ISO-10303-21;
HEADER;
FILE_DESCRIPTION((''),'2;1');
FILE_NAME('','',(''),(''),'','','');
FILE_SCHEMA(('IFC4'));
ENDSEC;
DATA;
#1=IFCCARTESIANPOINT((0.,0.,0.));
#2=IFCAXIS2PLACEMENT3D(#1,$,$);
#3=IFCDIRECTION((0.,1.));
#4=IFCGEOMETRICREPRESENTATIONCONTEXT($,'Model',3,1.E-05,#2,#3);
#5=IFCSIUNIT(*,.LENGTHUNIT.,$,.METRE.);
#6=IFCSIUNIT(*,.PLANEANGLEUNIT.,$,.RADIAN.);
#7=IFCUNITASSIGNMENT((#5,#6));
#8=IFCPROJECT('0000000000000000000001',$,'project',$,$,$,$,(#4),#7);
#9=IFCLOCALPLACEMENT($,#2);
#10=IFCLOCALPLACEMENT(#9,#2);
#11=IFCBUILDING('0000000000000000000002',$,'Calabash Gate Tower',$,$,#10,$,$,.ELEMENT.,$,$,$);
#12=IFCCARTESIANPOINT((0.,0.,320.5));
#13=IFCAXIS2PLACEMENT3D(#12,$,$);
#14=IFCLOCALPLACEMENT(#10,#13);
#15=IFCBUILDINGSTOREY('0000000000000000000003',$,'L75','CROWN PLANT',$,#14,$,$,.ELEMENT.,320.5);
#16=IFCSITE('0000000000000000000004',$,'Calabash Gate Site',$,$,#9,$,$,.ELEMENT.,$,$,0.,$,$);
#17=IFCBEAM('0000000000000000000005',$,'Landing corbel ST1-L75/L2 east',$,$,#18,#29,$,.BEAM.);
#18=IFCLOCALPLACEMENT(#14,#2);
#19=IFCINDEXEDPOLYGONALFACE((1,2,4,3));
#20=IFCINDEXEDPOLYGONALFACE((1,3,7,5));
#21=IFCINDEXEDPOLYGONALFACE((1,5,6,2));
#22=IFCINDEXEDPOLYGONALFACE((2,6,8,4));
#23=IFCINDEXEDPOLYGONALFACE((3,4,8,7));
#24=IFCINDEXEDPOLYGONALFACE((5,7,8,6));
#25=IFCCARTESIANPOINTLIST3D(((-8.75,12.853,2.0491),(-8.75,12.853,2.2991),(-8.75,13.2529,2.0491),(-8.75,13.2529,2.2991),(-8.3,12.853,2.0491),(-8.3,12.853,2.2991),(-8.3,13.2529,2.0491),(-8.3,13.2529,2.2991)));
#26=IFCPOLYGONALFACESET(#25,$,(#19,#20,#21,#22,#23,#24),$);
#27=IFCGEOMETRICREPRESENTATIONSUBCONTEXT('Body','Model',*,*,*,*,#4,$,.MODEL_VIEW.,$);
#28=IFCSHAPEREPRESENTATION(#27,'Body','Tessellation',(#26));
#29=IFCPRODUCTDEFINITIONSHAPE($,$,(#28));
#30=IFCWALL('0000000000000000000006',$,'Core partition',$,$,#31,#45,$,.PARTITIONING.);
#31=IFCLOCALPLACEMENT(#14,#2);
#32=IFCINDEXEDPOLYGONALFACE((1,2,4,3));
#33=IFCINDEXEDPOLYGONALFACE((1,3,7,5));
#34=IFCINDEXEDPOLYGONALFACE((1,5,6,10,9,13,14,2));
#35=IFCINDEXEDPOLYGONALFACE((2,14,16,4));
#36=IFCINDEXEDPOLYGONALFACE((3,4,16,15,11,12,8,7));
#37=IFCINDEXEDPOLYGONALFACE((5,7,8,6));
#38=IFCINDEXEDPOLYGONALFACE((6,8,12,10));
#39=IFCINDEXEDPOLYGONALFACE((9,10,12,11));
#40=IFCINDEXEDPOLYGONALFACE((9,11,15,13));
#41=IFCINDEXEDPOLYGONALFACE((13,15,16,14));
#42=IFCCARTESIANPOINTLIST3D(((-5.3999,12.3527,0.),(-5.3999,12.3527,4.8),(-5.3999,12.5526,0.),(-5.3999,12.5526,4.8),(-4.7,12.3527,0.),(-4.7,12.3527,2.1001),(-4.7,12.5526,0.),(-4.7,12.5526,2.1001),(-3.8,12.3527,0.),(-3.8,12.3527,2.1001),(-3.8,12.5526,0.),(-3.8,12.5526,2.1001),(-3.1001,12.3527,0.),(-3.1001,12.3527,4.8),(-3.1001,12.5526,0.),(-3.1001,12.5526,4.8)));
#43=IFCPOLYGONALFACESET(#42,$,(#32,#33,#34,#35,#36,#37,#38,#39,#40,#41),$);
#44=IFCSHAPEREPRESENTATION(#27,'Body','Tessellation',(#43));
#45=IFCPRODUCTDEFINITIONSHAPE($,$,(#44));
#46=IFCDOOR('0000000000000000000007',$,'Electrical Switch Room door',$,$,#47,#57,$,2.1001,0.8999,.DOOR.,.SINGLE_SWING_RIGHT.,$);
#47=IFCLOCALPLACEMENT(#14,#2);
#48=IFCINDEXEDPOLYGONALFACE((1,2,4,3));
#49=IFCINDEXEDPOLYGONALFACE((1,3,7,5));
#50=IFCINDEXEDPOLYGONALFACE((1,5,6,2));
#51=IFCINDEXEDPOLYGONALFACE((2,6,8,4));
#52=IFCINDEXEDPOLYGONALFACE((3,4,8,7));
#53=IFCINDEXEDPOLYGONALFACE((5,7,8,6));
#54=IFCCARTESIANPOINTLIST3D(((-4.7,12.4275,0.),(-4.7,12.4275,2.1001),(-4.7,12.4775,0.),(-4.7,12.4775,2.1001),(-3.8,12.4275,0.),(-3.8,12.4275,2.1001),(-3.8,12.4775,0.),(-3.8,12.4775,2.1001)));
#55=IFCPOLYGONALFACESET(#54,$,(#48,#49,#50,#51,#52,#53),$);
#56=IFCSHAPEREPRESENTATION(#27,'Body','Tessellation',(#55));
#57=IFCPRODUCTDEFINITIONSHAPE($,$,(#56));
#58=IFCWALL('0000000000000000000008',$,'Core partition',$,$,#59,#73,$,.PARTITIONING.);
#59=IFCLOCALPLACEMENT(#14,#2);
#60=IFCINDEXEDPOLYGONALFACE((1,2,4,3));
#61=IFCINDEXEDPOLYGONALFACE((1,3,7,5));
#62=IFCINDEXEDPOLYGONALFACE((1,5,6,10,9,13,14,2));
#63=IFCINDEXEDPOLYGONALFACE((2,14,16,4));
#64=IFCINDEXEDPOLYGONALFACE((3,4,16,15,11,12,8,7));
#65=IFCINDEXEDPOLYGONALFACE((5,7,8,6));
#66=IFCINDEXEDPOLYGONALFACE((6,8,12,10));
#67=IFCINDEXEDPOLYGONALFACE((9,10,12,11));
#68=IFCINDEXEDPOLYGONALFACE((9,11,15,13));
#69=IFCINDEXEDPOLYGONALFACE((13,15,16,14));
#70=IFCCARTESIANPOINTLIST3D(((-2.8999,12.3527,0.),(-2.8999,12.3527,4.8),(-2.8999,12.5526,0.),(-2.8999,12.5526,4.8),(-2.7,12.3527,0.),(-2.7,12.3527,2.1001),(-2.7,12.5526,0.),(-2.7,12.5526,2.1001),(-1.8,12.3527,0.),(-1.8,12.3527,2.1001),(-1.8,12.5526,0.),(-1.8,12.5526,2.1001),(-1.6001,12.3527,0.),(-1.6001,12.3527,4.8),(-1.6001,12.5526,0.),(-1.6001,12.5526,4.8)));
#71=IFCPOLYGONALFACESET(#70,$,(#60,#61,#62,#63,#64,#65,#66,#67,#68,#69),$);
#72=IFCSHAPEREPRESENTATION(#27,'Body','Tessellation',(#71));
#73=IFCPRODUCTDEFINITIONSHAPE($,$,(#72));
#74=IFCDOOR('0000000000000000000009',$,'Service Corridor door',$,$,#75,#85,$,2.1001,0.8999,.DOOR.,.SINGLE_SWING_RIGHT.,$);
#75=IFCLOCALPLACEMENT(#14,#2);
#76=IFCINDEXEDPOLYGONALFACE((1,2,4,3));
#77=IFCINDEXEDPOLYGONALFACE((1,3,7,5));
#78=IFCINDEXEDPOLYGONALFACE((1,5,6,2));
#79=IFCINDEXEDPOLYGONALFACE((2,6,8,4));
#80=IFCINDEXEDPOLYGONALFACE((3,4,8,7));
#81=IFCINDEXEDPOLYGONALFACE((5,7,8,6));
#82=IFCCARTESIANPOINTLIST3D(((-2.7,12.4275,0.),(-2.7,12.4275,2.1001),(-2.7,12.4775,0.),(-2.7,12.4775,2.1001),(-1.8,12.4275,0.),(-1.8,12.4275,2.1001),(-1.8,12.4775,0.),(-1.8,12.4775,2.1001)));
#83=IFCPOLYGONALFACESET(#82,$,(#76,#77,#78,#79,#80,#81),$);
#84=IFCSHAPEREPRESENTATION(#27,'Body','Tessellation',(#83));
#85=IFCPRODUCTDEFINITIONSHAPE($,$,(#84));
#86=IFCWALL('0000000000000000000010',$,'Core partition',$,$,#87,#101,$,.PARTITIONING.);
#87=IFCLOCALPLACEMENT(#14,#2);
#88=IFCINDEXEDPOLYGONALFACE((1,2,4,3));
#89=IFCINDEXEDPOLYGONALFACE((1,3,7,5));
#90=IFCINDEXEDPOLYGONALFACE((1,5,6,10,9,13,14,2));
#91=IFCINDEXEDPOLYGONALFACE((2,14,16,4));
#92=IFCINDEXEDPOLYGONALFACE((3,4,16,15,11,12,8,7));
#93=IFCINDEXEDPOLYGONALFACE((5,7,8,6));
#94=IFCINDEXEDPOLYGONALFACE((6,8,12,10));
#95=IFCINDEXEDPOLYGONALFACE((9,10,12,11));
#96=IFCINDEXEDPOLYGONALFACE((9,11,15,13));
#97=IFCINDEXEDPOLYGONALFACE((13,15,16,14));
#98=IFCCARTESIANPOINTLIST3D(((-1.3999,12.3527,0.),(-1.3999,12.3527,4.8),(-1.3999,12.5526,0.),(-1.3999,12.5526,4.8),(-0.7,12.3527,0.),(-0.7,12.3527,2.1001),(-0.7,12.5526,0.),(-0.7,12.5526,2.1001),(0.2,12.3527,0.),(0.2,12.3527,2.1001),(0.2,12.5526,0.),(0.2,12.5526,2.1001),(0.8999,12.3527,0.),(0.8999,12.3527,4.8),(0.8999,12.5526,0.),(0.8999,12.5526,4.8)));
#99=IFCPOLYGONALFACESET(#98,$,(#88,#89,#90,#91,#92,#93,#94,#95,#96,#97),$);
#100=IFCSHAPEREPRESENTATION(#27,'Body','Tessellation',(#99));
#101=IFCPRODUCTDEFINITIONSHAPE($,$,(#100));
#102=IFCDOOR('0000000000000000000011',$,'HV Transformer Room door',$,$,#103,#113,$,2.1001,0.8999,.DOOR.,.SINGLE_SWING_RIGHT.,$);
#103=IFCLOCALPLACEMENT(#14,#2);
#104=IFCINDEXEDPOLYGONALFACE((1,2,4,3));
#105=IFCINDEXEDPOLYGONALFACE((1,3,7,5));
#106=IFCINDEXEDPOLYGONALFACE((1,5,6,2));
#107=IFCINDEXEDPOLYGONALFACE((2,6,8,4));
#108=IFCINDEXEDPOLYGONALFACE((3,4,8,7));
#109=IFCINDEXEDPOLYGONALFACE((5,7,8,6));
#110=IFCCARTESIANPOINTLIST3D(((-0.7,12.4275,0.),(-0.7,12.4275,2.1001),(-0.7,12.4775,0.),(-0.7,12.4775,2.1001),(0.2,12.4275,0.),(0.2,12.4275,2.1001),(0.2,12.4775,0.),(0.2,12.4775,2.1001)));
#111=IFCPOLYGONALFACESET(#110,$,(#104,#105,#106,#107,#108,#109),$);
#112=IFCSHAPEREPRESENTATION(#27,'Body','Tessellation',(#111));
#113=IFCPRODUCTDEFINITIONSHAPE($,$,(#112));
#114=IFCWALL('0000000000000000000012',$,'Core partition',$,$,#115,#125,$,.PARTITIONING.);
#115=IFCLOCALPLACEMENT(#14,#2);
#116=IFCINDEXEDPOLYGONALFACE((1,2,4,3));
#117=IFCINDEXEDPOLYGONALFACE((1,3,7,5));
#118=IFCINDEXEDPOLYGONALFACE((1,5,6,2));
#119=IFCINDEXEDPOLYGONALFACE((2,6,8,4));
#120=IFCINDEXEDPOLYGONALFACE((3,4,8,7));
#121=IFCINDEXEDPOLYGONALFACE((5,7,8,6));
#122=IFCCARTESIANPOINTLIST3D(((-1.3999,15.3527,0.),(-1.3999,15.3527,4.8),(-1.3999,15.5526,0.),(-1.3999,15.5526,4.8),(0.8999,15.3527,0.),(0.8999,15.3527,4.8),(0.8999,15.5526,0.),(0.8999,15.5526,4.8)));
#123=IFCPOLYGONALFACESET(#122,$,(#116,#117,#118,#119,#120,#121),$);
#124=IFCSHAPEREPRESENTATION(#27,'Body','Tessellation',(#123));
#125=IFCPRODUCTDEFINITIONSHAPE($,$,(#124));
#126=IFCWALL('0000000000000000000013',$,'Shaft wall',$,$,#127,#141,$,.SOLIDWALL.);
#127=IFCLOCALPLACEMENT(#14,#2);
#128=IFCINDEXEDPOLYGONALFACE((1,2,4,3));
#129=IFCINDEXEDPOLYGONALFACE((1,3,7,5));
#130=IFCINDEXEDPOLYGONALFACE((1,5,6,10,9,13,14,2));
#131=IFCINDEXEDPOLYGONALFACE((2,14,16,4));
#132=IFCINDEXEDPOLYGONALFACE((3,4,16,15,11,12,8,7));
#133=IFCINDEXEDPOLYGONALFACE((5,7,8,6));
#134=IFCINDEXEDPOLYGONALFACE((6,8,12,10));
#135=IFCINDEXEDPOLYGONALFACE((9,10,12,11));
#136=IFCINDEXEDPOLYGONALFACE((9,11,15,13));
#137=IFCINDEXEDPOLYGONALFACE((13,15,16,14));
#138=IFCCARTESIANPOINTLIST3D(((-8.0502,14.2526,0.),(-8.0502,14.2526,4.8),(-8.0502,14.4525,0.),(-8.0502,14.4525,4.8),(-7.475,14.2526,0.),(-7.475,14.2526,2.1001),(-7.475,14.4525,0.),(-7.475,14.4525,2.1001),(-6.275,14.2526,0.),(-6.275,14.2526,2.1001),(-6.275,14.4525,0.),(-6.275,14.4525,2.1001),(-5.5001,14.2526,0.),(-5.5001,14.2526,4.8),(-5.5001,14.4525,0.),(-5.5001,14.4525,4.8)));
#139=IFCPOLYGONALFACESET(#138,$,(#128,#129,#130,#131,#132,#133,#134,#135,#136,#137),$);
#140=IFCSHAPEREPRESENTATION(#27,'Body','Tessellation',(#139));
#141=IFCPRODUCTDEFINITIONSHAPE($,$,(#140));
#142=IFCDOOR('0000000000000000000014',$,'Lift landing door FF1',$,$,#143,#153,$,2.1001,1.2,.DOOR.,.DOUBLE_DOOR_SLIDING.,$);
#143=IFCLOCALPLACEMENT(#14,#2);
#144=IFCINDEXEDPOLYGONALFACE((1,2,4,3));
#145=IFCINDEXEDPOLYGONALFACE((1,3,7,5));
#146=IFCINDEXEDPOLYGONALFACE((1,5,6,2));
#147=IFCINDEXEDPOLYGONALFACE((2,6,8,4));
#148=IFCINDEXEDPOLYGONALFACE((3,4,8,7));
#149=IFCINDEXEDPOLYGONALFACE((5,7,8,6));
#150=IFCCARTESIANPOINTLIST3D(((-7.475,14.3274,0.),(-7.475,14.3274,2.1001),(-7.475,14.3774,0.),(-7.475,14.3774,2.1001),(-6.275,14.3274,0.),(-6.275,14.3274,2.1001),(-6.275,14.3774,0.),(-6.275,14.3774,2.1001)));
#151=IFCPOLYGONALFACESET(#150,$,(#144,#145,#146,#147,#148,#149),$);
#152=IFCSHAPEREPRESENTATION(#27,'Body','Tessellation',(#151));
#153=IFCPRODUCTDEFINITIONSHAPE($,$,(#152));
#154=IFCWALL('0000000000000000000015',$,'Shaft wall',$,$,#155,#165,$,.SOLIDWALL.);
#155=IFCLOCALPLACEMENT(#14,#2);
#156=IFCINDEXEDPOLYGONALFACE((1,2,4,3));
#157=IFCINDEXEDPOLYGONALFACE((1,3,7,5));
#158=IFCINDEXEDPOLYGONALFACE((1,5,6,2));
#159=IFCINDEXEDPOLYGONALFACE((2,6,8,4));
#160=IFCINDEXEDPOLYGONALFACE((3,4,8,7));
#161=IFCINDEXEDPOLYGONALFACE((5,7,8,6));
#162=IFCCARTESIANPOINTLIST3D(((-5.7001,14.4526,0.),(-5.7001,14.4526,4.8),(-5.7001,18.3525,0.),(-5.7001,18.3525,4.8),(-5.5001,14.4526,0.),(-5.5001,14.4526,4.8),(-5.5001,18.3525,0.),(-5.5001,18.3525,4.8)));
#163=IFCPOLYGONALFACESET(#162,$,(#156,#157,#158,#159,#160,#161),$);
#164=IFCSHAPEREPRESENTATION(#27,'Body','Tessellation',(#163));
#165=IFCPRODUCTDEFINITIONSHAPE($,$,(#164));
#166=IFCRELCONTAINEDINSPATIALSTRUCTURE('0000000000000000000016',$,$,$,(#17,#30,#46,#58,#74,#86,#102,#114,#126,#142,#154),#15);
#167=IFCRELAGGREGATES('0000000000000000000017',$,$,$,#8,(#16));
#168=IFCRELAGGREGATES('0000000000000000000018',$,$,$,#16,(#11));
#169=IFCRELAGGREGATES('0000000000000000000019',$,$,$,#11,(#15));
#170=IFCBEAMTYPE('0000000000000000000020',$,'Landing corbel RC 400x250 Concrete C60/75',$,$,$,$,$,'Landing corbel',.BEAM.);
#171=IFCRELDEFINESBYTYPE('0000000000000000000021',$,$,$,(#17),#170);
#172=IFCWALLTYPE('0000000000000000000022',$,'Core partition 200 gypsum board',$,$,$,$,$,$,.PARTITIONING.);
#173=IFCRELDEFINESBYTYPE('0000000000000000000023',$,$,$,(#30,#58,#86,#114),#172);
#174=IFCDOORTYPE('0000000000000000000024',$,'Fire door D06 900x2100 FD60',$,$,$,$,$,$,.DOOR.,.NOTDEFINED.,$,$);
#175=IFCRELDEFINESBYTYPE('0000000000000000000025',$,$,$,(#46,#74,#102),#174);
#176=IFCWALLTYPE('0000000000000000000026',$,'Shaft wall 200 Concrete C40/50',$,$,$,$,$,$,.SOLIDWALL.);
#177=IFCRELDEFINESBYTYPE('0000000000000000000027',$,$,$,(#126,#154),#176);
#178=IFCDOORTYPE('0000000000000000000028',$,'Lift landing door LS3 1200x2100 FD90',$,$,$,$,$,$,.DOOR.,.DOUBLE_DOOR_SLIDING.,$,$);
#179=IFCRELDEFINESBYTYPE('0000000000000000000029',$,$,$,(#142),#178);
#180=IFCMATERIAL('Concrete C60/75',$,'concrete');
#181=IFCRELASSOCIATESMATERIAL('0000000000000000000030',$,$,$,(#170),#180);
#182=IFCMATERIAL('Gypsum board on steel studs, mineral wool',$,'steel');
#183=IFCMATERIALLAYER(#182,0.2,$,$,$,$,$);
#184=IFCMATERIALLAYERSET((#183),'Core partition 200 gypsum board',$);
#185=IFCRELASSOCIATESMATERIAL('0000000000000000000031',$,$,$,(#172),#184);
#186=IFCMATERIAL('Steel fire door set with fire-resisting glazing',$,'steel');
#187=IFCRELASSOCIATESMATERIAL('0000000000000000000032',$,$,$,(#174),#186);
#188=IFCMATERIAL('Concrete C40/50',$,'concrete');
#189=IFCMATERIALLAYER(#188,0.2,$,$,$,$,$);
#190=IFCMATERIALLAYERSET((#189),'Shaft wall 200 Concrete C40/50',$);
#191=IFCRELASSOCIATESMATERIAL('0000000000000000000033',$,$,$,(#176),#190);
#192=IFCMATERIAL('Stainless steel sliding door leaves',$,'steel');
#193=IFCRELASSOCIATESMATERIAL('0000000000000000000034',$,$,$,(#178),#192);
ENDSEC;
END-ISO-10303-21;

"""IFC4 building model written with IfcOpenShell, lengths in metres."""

from ifc_helpers import new_model, si_unit, direction, frame, frame_2d, origin, origin_2d, place, context, subcontext, project, spatial, rectangle, extrude, material, layer, layer_set, material_profile, profile_set, type_object, element, fill, save


model = new_model("IFC4")

# Units and contexts
model_context = context("Model", 3, precision=1e-05, world=origin(), true_north=direction((0.0, 1.0)))
body_context = subcontext(model_context, "Body", "Model", "MODEL_VIEW")
ifc_project = project(units=[si_unit("LENGTHUNIT", "METRE"), si_unit("PLANEANGLEUNIT", "RADIAN")], contexts=[model_context])

# Site, building, storey
site_placement = place(None, origin())
site = spatial("IfcSite", under=ifc_project, at=site_placement, Name="Calabash Gate Site", CompositionType="ELEMENT", RefElevation=0.0)
building_placement = place(site_placement, origin())
building = spatial("IfcBuilding", under=site, at=building_placement, Name="Calabash Gate Tower", CompositionType="ELEMENT")
storey_placement = place(building_placement, frame((0.0, 0.0, 320.5)))
storey = spatial("IfcBuildingStorey", under=building, at=storey_placement, Name="L75", Description="CROWN PLANT", CompositionType="ELEMENT", Elevation=320.5)

# Beam
ifc_material_1 = material(Name="Concrete C60/75", Category="concrete")
ifc_material_profile = material_profile(ifc_material_1, rectangle(XDim=0.3999, YDim=0.25, at=origin_2d()))
ifc_profile_set = profile_set([ifc_material_profile], Name="Concrete C60/75")
beam_type = type_object("IfcBeamType", Name="Landing corbel RC 400x250 Concrete C60/75", ElementType="Landing corbel", PredefinedType="BEAM", material=ifc_profile_set)
beam_placement = place(storey_placement, frame((-8.3, 13.053, 2.1741), z_axis=(-1.0, 0.0, 0.0), x_axis=(0.0, -1.0, 0.0)))
element("IfcBeam", 1, at=beam_placement, inside=storey, type_object=beam_type, Name="Landing corbel ST1-L75/L2 east", PredefinedType="BEAM", context=body_context, shape_type="SweptSolid", body=[
    extrude(rectangle(XDim=0.3999, YDim=0.25, at=origin_2d()), origin(), (0.0, 0.0, 1.0), 0.45),
])

# Walls, openings, doors
ifc_material_2 = material(Name="Gypsum board on steel studs, mineral wool", Category="steel")
ifc_layer_1 = layer(ifc_material_2, 0.2)
ifc_layer_set_1 = layer_set([ifc_layer_1], Name="Core partition 200 gypsum board")
wall_type_1 = type_object("IfcWallType", Name="Core partition 200 gypsum board", PredefinedType="PARTITIONING", material=ifc_layer_set_1)
wall_1_placement = place(storey_placement, frame((-5.3999, 12.4526, 0.0), z_axis=(0.0, 0.0, 1.0), x_axis=(1.0, 0.0, 0.0)))
wall_1 = element("IfcWall", 2, at=wall_1_placement, inside=storey, type_object=wall_type_1, Name="Core partition", PredefinedType="PARTITIONING", context=body_context, shape_type="SweptSolid", body=[
    extrude(rectangle(XDim=2.2998, YDim=0.2, at=frame_2d((1.1499, 0.0))), origin(), (0.0, 0.0, 1.0), 4.8),
])
opening_1_placement = place(wall_1_placement, frame((0.7, 0.0, 0.0)))
opening_1 = element("IfcOpeningElement", 3, at=opening_1_placement, cuts=wall_1, PredefinedType="OPENING", context=body_context, shape_type="SweptSolid", body=[
    extrude(rectangle(XDim=0.8999, YDim=2.1001, at=frame_2d((0.45, 1.05))), frame((0.0, 0.1099, 0.0), z_axis=(0.0, -1.0, 0.0), x_axis=(1.0, 0.0, 0.0)), (0.0, 0.0, 1.0), 0.22),
])
ifc_material_3 = material(Name="Steel fire door set with fire-resisting glazing", Category="steel")
door_type_1 = type_object("IfcDoorType", Name="Fire door D06 900x2100 FD60", OperationType="NOTDEFINED", PredefinedType="DOOR", material=ifc_material_3)
door_1_placement = place(opening_1_placement, origin())
door_1 = element("IfcDoor", 4, at=door_1_placement, inside=storey, type_object=door_type_1, Name="Electrical Switch Room door", OperationType="SINGLE_SWING_RIGHT", OverallHeight=2.1001, OverallWidth=0.8999, PredefinedType="DOOR", context=body_context, shape_type="SweptSolid", body=[
    extrude(rectangle(XDim=0.8999, YDim=2.1001, at=frame_2d((0.45, 1.05))), frame((0.0, 0.0249, 0.0), z_axis=(0.0, -1.0, 0.0), x_axis=(1.0, 0.0, 0.0)), (0.0, 0.0, 1.0), 0.05),
])
fill(opening_1, door_1)
wall_2_placement = place(storey_placement, frame((-2.8999, 12.4526, 0.0), z_axis=(0.0, 0.0, 1.0), x_axis=(1.0, 0.0, 0.0)))
wall_2 = element("IfcWall", 5, at=wall_2_placement, inside=storey, type_object=wall_type_1, Name="Core partition", PredefinedType="PARTITIONING", context=body_context, shape_type="SweptSolid", body=[
    extrude(rectangle(XDim=1.2998, YDim=0.2, at=frame_2d((0.6499, 0.0))), origin(), (0.0, 0.0, 1.0), 4.8),
])
opening_2_placement = place(wall_2_placement, frame((0.2, 0.0, 0.0)))
opening_2 = element("IfcOpeningElement", 6, at=opening_2_placement, cuts=wall_2, PredefinedType="OPENING", context=body_context, shape_type="SweptSolid", body=[
    extrude(rectangle(XDim=0.8999, YDim=2.1001, at=frame_2d((0.45, 1.05))), frame((0.0, 0.1099, 0.0), z_axis=(0.0, -1.0, 0.0), x_axis=(1.0, 0.0, 0.0)), (0.0, 0.0, 1.0), 0.22),
])
door_2_placement = place(opening_2_placement, origin())
door_2 = element("IfcDoor", 7, at=door_2_placement, inside=storey, type_object=door_type_1, Name="Service Corridor door", OperationType="SINGLE_SWING_RIGHT", OverallHeight=2.1001, OverallWidth=0.8999, PredefinedType="DOOR", context=body_context, shape_type="SweptSolid", body=[
    extrude(rectangle(XDim=0.8999, YDim=2.1001, at=frame_2d((0.45, 1.05))), frame((0.0, 0.0249, 0.0), z_axis=(0.0, -1.0, 0.0), x_axis=(1.0, 0.0, 0.0)), (0.0, 0.0, 1.0), 0.05),
])
fill(opening_2, door_2)
wall_3_placement = place(storey_placement, frame((-1.3999, 12.4526, 0.0), z_axis=(0.0, 0.0, 1.0), x_axis=(1.0, 0.0, 0.0)))
wall_3 = element("IfcWall", 8, at=wall_3_placement, inside=storey, type_object=wall_type_1, Name="Core partition", PredefinedType="PARTITIONING", context=body_context, shape_type="SweptSolid", body=[
    extrude(rectangle(XDim=2.2998, YDim=0.2, at=frame_2d((1.1499, 0.0))), origin(), (0.0, 0.0, 1.0), 4.8),
])
opening_3_placement = place(wall_3_placement, frame((0.7, 0.0, 0.0)))
opening_3 = element("IfcOpeningElement", 9, at=opening_3_placement, cuts=wall_3, PredefinedType="OPENING", context=body_context, shape_type="SweptSolid", body=[
    extrude(rectangle(XDim=0.8999, YDim=2.1001, at=frame_2d((0.45, 1.05))), frame((0.0, 0.1099, 0.0), z_axis=(0.0, -1.0, 0.0), x_axis=(1.0, 0.0, 0.0)), (0.0, 0.0, 1.0), 0.22),
])
door_3_placement = place(opening_3_placement, origin())
door_3 = element("IfcDoor", 10, at=door_3_placement, inside=storey, type_object=door_type_1, Name="HV Transformer Room door", OperationType="SINGLE_SWING_RIGHT", OverallHeight=2.1001, OverallWidth=0.8999, PredefinedType="DOOR", context=body_context, shape_type="SweptSolid", body=[
    extrude(rectangle(XDim=0.8999, YDim=2.1001, at=frame_2d((0.45, 1.05))), frame((0.0, 0.0249, 0.0), z_axis=(0.0, -1.0, 0.0), x_axis=(1.0, 0.0, 0.0)), (0.0, 0.0, 1.0), 0.05),
])
fill(opening_3, door_3)

# Wall
wall_4_placement = place(storey_placement, frame((-1.3999, 15.4526, 0.0), z_axis=(0.0, 0.0, 1.0), x_axis=(1.0, 0.0, 0.0)))
element("IfcWall", 11, at=wall_4_placement, inside=storey, type_object=wall_type_1, Name="Core partition", PredefinedType="PARTITIONING", context=body_context, shape_type="SweptSolid", body=[
    extrude(rectangle(XDim=2.2998, YDim=0.2, at=frame_2d((1.1499, 0.0))), origin(), (0.0, 0.0, 1.0), 4.8),
])

# Wall, opening, door
ifc_material_4 = material(Name="Concrete C40/50", Category="concrete")
ifc_layer_2 = layer(ifc_material_4, 0.2)
ifc_layer_set_2 = layer_set([ifc_layer_2], Name="Shaft wall 200 Concrete C40/50")
wall_type_2 = type_object("IfcWallType", Name="Shaft wall 200 Concrete C40/50", PredefinedType="SOLIDWALL", material=ifc_layer_set_2)
wall_5_placement = place(storey_placement, frame((-8.05, 14.3525, 0.0), z_axis=(0.0, 0.0, 1.0), x_axis=(1.0, 0.0, 0.0)))
wall_5 = element("IfcWall", 12, at=wall_5_placement, inside=storey, type_object=wall_type_2, Name="Shaft wall", PredefinedType="SOLIDWALL", context=body_context, shape_type="SweptSolid", body=[
    extrude(rectangle(XDim=2.55, YDim=0.2, at=frame_2d((1.2749, 0.0))), origin(), (0.0, 0.0, 1.0), 4.8),
])
opening_4_placement = place(wall_5_placement, frame((0.575, 0.0, 0.0)))
opening_4 = element("IfcOpeningElement", 13, at=opening_4_placement, cuts=wall_5, PredefinedType="OPENING", context=body_context, shape_type="SweptSolid", body=[
    extrude(rectangle(XDim=1.2, YDim=2.1001, at=frame_2d((0.6001, 1.05))), frame((0.0, 0.1099, 0.0), z_axis=(0.0, -1.0, 0.0), x_axis=(1.0, 0.0, 0.0)), (0.0, 0.0, 1.0), 0.22),
])
ifc_material_5 = material(Name="Stainless steel sliding door leaves", Category="steel")
door_type_2 = type_object("IfcDoorType", Name="Lift landing door LS3 1200x2100 FD90", OperationType="DOUBLE_DOOR_SLIDING", PredefinedType="DOOR", material=ifc_material_5)
door_4_placement = place(opening_4_placement, origin())
door_4 = element("IfcDoor", 14, at=door_4_placement, inside=storey, type_object=door_type_2, Name="Lift landing door FF1", OperationType="DOUBLE_DOOR_SLIDING", OverallHeight=2.1001, OverallWidth=1.2, PredefinedType="DOOR", context=body_context, shape_type="SweptSolid", body=[
    extrude(rectangle(XDim=1.2, YDim=2.1001, at=frame_2d((0.6001, 1.05))), frame((0.0, 0.0249, 0.0), z_axis=(0.0, -1.0, 0.0), x_axis=(1.0, 0.0, 0.0)), (0.0, 0.0, 1.0), 0.05),
])
fill(opening_4, door_4)

# Wall
wall_6_placement = place(storey_placement, frame((-5.6001, 14.4526, 0.0), z_axis=(0.0, 0.0, 1.0), x_axis=(0.0, 1.0, 0.0)))
element("IfcWall", 15, at=wall_6_placement, inside=storey, type_object=wall_type_2, Name="Shaft wall", PredefinedType="SOLIDWALL", context=body_context, shape_type="SweptSolid", body=[
    extrude(rectangle(XDim=3.8999, YDim=0.2, at=frame_2d((1.95, 0.0))), origin(), (0.0, 0.0, 1.0), 4.8),
])

save(model, "model.ifc")
